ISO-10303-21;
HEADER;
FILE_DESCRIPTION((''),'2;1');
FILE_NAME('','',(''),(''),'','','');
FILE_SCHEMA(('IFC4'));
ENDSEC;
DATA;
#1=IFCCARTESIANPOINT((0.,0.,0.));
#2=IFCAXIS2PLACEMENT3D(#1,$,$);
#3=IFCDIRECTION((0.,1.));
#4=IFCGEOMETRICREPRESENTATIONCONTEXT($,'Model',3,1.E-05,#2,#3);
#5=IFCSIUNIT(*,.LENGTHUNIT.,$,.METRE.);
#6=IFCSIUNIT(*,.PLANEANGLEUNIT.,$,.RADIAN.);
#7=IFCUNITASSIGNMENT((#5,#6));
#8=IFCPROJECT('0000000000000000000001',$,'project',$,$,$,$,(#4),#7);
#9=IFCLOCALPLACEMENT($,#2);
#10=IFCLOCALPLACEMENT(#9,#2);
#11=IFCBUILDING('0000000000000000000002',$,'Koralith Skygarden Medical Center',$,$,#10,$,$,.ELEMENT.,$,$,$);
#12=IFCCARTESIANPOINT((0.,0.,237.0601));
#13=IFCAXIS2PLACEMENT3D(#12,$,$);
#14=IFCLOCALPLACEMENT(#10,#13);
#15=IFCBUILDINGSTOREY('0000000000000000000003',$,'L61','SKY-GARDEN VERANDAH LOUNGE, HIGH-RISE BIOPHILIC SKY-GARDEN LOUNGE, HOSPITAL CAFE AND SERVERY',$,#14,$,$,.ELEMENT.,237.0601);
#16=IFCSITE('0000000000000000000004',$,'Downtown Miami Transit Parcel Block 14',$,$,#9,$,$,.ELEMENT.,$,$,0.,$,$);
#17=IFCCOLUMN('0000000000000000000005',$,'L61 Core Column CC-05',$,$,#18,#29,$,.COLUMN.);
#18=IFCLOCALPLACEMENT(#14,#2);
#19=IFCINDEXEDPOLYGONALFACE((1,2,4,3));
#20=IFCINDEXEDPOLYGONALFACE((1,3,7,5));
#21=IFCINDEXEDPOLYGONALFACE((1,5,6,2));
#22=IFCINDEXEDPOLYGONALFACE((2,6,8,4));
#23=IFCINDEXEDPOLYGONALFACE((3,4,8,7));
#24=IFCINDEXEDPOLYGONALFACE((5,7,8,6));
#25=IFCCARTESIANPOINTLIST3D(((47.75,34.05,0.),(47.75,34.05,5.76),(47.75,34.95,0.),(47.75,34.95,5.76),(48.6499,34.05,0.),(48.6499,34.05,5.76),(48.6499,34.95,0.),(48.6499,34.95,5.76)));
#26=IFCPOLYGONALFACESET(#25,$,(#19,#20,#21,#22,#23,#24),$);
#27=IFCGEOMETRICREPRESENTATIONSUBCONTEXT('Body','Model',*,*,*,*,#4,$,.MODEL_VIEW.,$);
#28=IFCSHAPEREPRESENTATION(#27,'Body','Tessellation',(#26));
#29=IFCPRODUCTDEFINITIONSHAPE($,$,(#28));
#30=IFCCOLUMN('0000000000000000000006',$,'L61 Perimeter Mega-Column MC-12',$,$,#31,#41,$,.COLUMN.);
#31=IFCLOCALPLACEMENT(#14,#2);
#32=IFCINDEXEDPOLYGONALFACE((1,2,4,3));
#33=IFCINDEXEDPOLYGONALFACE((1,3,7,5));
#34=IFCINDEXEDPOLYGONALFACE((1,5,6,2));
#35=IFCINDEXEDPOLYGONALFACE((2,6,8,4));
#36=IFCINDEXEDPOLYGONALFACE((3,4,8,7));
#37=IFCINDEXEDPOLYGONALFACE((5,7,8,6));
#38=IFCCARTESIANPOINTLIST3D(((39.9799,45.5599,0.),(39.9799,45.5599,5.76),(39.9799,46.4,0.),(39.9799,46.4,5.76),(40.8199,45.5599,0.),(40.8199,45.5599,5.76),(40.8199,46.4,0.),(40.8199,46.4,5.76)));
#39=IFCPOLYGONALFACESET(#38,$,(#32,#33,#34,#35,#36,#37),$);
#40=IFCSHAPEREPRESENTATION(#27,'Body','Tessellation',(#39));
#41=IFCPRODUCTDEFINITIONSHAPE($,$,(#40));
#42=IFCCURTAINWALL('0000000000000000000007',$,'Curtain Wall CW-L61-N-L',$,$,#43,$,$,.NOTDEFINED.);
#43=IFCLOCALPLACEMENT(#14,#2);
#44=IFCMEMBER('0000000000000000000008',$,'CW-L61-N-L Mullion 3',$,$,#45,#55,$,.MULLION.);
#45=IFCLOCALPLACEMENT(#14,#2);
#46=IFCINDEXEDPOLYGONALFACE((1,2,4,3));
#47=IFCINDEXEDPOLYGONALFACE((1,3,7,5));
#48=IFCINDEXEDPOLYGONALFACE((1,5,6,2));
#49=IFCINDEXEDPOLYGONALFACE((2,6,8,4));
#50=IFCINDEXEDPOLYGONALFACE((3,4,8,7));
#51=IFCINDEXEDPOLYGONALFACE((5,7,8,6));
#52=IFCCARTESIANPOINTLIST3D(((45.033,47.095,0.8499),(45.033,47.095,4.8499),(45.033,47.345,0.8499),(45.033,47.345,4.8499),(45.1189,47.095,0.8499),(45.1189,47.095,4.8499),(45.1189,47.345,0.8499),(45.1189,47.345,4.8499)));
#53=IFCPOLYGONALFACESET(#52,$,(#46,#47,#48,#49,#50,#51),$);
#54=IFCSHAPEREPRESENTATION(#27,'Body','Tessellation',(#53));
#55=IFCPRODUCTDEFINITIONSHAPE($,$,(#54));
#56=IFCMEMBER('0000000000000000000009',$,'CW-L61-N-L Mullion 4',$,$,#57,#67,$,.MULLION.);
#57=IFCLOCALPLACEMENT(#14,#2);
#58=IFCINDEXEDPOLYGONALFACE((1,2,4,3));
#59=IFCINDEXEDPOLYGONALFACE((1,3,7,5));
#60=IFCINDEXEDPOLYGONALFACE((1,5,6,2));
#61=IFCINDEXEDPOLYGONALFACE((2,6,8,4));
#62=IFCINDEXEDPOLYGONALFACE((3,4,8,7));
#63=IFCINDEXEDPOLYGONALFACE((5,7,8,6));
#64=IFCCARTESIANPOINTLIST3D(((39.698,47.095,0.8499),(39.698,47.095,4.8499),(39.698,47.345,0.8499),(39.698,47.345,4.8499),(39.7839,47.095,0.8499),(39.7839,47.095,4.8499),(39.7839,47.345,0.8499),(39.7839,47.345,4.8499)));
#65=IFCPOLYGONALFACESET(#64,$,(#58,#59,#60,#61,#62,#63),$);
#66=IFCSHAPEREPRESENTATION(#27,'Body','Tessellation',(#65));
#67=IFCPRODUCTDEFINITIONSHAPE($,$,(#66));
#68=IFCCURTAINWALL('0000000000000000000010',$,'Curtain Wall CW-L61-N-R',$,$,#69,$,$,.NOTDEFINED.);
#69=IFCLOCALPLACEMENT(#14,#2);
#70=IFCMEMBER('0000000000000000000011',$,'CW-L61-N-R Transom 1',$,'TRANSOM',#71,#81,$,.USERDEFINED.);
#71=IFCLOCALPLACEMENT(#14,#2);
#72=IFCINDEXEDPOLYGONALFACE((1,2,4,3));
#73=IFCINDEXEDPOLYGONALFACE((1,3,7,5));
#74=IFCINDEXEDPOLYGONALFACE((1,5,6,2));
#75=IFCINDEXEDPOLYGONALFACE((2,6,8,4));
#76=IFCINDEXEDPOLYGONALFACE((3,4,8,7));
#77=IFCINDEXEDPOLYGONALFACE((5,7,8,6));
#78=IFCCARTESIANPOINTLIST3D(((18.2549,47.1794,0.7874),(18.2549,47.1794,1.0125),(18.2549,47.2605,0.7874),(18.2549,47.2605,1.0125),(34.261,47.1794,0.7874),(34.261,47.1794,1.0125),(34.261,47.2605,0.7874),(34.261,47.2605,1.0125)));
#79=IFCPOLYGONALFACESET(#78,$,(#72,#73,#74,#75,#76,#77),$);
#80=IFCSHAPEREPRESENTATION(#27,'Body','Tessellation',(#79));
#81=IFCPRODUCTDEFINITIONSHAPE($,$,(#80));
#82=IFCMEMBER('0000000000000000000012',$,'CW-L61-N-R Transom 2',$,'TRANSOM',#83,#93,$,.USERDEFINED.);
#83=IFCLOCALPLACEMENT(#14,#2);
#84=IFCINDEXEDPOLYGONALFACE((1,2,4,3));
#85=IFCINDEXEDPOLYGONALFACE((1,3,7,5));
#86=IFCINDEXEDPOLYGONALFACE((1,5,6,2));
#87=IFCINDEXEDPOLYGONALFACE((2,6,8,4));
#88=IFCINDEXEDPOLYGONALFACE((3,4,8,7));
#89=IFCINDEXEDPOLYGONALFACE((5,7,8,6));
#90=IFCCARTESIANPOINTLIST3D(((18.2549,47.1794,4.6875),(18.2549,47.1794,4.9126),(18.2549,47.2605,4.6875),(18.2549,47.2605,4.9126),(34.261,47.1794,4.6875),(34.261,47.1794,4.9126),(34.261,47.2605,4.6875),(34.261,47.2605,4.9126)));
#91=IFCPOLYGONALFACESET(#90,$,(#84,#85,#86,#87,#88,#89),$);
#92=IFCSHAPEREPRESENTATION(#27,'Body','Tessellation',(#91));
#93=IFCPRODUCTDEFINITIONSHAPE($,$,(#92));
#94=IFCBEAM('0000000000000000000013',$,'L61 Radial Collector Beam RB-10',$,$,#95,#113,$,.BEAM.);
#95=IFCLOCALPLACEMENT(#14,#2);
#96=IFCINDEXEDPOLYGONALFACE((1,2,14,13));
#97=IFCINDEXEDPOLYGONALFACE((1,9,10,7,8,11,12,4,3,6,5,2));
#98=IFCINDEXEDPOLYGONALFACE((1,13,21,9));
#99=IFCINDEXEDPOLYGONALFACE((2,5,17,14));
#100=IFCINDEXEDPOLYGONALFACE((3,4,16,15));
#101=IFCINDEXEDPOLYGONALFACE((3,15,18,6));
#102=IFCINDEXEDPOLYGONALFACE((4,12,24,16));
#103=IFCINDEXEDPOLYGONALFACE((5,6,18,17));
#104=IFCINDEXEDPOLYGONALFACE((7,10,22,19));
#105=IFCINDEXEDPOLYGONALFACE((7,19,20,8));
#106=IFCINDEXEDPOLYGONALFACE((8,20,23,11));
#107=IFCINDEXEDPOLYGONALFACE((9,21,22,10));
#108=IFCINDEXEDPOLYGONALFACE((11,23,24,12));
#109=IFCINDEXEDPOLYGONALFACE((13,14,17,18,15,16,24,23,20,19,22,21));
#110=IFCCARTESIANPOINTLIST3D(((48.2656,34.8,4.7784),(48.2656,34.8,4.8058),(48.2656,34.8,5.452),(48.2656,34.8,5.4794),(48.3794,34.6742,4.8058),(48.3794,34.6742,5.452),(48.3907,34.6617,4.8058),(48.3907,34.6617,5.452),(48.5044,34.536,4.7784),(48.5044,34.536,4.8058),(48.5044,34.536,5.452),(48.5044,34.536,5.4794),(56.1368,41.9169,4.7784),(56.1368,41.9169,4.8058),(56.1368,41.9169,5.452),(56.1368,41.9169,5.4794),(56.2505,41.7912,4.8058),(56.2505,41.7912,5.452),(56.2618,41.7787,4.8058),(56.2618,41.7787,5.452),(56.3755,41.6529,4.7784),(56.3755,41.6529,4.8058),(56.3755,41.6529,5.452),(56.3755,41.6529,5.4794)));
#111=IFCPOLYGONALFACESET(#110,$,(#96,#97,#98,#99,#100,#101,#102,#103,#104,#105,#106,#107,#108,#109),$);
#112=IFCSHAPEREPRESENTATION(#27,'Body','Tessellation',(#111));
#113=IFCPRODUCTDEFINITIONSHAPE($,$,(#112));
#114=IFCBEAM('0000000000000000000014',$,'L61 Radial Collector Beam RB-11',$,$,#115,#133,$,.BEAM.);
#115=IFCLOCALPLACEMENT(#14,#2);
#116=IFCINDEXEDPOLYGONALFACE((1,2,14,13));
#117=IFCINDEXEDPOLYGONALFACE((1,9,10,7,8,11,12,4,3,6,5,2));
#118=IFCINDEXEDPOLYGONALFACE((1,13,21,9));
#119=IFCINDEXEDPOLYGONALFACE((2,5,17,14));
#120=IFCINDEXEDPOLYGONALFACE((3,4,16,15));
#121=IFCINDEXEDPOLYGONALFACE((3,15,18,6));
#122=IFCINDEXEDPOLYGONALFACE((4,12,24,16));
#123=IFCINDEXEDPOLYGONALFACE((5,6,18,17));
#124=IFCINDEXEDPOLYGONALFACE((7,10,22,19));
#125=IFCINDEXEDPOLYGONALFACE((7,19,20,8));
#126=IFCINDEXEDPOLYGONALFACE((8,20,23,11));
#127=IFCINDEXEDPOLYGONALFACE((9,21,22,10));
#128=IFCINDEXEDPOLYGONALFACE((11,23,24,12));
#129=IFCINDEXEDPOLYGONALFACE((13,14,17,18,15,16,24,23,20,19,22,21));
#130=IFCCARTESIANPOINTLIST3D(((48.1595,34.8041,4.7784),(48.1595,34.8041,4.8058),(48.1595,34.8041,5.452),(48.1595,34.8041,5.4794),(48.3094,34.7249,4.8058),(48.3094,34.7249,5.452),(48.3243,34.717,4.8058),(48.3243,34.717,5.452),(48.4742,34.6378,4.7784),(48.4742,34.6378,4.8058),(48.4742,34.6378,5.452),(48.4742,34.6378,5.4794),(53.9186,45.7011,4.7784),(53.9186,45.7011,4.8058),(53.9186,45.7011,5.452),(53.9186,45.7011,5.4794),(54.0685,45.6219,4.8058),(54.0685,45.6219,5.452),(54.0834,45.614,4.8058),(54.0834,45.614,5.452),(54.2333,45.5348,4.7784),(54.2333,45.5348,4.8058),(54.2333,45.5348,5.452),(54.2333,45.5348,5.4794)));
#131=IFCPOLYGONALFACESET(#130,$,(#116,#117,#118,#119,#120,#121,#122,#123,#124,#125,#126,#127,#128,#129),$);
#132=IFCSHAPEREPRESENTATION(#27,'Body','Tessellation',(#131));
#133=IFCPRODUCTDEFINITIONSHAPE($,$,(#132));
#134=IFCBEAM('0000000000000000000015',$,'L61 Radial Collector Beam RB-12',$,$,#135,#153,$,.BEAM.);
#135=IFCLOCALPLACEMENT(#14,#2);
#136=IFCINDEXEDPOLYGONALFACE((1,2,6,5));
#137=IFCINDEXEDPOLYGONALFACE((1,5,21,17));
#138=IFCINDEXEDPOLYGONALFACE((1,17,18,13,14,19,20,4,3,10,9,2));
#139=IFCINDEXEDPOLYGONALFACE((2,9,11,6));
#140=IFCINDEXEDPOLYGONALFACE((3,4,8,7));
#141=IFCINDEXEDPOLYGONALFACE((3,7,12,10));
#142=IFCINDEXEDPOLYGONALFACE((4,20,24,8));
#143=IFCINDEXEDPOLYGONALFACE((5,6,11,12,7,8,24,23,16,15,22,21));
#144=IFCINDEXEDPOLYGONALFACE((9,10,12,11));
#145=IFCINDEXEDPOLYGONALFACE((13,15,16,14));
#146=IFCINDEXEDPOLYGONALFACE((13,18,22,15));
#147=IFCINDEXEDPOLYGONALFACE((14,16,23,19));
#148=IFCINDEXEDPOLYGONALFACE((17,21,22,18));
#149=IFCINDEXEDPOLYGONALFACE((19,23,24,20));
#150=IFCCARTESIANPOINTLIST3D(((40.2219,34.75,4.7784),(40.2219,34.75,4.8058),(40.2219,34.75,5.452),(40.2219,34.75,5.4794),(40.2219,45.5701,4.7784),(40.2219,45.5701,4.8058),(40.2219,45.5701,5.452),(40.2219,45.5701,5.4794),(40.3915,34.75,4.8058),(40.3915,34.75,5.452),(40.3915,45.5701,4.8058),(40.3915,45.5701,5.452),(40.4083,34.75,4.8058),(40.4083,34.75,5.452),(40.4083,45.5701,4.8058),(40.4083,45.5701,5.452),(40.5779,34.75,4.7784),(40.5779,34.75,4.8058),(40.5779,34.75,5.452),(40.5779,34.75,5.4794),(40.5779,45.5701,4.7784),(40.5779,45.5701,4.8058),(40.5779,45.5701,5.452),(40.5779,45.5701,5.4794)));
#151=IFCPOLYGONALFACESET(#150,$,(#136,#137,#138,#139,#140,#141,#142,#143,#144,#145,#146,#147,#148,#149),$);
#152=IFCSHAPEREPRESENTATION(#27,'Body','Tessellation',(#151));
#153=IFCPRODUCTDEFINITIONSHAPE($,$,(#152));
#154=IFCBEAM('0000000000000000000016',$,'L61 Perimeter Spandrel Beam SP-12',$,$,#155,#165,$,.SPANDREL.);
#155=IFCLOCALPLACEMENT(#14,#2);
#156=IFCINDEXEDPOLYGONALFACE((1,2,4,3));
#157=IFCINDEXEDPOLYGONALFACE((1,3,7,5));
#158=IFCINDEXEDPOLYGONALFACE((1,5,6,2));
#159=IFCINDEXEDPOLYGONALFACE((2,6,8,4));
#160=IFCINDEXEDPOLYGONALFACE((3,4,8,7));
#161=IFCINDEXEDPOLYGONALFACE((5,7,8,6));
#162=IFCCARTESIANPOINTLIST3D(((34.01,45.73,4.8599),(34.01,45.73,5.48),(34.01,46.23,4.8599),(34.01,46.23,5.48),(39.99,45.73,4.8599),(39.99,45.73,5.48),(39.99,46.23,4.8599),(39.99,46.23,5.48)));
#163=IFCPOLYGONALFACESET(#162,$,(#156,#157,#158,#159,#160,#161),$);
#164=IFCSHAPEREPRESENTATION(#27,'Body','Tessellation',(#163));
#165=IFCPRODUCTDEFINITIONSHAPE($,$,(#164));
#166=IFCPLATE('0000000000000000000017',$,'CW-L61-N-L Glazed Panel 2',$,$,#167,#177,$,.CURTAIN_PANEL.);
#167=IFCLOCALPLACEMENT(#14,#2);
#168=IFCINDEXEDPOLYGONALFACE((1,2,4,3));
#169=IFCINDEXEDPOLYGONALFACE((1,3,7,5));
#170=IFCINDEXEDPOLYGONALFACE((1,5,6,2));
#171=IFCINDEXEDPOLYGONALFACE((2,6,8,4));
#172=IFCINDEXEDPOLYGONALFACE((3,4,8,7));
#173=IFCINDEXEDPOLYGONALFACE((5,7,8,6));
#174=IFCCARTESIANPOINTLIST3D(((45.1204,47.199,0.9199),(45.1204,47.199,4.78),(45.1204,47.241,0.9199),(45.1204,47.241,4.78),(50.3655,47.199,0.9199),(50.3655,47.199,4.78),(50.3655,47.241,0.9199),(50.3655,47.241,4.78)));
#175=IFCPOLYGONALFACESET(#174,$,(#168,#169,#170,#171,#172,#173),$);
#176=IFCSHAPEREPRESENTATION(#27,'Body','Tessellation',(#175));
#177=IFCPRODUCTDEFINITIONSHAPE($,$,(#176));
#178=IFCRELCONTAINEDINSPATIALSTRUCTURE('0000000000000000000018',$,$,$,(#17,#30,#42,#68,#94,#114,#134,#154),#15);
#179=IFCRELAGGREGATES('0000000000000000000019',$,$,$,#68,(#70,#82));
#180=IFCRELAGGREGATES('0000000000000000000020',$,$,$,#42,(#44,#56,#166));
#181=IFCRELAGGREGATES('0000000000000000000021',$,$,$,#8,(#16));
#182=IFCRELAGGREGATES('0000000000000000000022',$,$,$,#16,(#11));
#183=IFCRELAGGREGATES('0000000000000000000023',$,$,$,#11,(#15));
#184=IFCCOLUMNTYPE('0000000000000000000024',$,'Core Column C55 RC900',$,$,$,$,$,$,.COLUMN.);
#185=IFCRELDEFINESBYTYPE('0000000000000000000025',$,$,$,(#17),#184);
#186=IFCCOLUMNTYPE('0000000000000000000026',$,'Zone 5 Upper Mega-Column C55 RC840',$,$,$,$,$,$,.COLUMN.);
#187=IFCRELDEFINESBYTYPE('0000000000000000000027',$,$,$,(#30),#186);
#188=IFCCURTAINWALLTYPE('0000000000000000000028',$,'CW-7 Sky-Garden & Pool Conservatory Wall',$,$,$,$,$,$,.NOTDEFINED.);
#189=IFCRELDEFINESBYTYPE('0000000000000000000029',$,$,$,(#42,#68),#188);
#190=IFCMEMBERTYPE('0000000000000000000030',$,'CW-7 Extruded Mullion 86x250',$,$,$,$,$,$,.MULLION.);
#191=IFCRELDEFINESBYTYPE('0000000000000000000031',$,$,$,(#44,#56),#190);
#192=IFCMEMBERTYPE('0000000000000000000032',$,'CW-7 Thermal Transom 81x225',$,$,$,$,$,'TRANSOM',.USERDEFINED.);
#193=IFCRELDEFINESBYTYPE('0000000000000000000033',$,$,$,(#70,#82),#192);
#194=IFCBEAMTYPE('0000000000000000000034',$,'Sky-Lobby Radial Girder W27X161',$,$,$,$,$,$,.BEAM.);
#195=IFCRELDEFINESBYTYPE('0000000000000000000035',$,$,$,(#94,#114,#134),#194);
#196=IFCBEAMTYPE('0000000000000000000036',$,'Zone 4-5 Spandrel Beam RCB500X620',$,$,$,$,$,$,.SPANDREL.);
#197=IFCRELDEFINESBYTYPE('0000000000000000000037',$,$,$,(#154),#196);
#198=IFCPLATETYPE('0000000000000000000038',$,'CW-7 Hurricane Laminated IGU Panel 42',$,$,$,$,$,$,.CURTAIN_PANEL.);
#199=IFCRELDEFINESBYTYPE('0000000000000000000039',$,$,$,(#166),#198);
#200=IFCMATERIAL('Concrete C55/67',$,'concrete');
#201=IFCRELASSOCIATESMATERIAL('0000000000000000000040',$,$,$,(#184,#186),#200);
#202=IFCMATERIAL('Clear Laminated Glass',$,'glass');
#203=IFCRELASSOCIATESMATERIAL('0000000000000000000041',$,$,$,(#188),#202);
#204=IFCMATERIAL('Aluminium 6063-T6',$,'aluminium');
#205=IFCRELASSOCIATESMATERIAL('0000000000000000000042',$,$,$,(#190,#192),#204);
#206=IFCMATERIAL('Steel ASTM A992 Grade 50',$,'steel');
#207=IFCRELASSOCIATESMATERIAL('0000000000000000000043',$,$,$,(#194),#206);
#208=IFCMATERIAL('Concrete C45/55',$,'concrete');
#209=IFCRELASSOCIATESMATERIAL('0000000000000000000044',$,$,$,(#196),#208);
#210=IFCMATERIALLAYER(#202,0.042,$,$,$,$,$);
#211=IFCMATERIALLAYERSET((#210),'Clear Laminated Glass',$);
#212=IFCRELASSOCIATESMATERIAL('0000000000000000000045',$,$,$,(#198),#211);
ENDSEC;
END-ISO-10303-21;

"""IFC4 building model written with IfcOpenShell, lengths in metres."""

from ifc_helpers import new_model, si_unit, direction, frame, origin, origin_2d, place, context, subcontext, project, spatial, rectangle, i_section, extrude, material, layer, layer_set, material_profile, profile_set, type_object, element, aggregate, save


model = new_model("IFC4")

# Units and contexts
model_context = context("Model", 3, precision=1e-05, world=origin(), true_north=direction((0.0, 1.0)))
body_context = subcontext(model_context, "Body", "Model", "MODEL_VIEW")
ifc_project = project(units=[si_unit("LENGTHUNIT", "METRE"), si_unit("PLANEANGLEUNIT", "RADIAN")], contexts=[model_context])

# Site, building, storey
site_placement = place(None, origin())
site = spatial("IfcSite", under=ifc_project, at=site_placement, Name="Downtown Miami Transit Parcel Block 14", CompositionType="ELEMENT", RefElevation=0.0)
building_placement = place(site_placement, origin())
building = spatial("IfcBuilding", under=site, at=building_placement, Name="Koralith Skygarden Medical Center", CompositionType="ELEMENT")
storey_placement = place(building_placement, frame((0.0, 0.0, 237.0601)))
storey = spatial("IfcBuildingStorey", under=building, at=storey_placement, Name="L61", Description="SKY-GARDEN VERANDAH LOUNGE, HIGH-RISE BIOPHILIC SKY-GARDEN LOUNGE, HOSPITAL CAFE AND SERVERY", CompositionType="ELEMENT", Elevation=237.0601)

# Columns
ifc_material_1 = material(Name="Concrete C55/67", Category="concrete")
ifc_material_profile_1 = material_profile(ifc_material_1, rectangle(XDim=0.8999, YDim=0.8999, at=origin_2d()), Name="RC900X900")
ifc_profile_set_1 = profile_set([ifc_material_profile_1], Name="Concrete C55/67")
column_type_1 = type_object("IfcColumnType", Name="Core Column C55 RC900", PredefinedType="COLUMN", material=ifc_profile_set_1)
column_1_placement = place(storey_placement, frame((48.2, 34.5, 0.0), z_axis=(0.0, 0.0, 1.0), x_axis=(1.0, 0.0, 0.0)))
element("IfcColumn", 1, at=column_1_placement, inside=storey, type_object=column_type_1, Name="L61 Core Column CC-05", PredefinedType="COLUMN", context=body_context, shape_type="SweptSolid", body=[
    extrude(rectangle(XDim=0.8999, YDim=0.8999, at=origin_2d()), origin(), (0.0, 0.0, 1.0), 5.76),
])
ifc_material_profile_2 = material_profile(ifc_material_1, rectangle(XDim=0.8401, YDim=0.8401, at=origin_2d()), Name="RC840X840")
ifc_profile_set_2 = profile_set([ifc_material_profile_2], Name="Concrete C55/67")
column_type_2 = type_object("IfcColumnType", Name="Zone 5 Upper Mega-Column C55 RC840", PredefinedType="COLUMN", material=ifc_profile_set_2)
column_2_placement = place(storey_placement, frame((40.3999, 45.98, 0.0), z_axis=(0.0, 0.0, 1.0), x_axis=(1.0, 0.0, 0.0)))
element("IfcColumn", 2, at=column_2_placement, inside=storey, type_object=column_type_2, Name="L61 Perimeter Mega-Column MC-12", PredefinedType="COLUMN", context=body_context, shape_type="SweptSolid", body=[
    extrude(rectangle(XDim=0.8401, YDim=0.8401, at=origin_2d()), origin(), (0.0, 0.0, 1.0), 5.76),
])

# Curtain walls, members
ifc_material_2 = material(Name="Clear Laminated Glass", Category="glass")
curtain_wall_type = type_object("IfcCurtainWallType", Name="CW-7 Sky-Garden & Pool Conservatory Wall", PredefinedType="NOTDEFINED", material=ifc_material_2)
curtain_wall_1_placement = place(storey_placement, origin())
curtain_wall_1 = element("IfcCurtainWall", 3, at=curtain_wall_1_placement, inside=storey, type_object=curtain_wall_type, Name="Curtain Wall CW-L61-N-L", PredefinedType="NOTDEFINED")
ifc_material_3 = material(Name="Aluminium 6063-T6", Category="aluminium")
ifc_material_profile_3 = material_profile(ifc_material_3, rectangle(XDim=0.0859, YDim=0.25, at=origin_2d()), Name="MUL86X250")
ifc_profile_set_3 = profile_set([ifc_material_profile_3], Name="Aluminium 6063-T6")
member_type_1 = type_object("IfcMemberType", Name="CW-7 Extruded Mullion 86x250", PredefinedType="MULLION", material=ifc_profile_set_3)
member_1_placement = place(storey_placement, frame((45.0759, 47.22, 0.8499), z_axis=(0.0, 0.0, 1.0), x_axis=(1.0, 0.0, 0.0)))
member_1 = element("IfcMember", 4, at=member_1_placement, type_object=member_type_1, Name="CW-L61-N-L Mullion 3", PredefinedType="MULLION", context=body_context, shape_type="SweptSolid", body=[
    extrude(rectangle(XDim=0.0859, YDim=0.25, at=origin_2d()), origin(), (0.0, 0.0, 1.0), 4.0),
])
member_2_placement = place(storey_placement, frame((39.741, 47.22, 0.8499), z_axis=(0.0, 0.0, 1.0), x_axis=(1.0, 0.0, 0.0)))
member_2 = element("IfcMember", 5, at=member_2_placement, type_object=member_type_1, Name="CW-L61-N-L Mullion 4", PredefinedType="MULLION", context=body_context, shape_type="SweptSolid", body=[
    extrude(rectangle(XDim=0.0859, YDim=0.25, at=origin_2d()), origin(), (0.0, 0.0, 1.0), 4.0),
])
curtain_wall_2_placement = place(storey_placement, origin())
curtain_wall_2 = element("IfcCurtainWall", 6, at=curtain_wall_2_placement, inside=storey, type_object=curtain_wall_type, Name="Curtain Wall CW-L61-N-R", PredefinedType="NOTDEFINED")
ifc_material_profile_4 = material_profile(ifc_material_3, rectangle(XDim=0.0811, YDim=0.2251, at=origin_2d()), Name="TRN81X225")
ifc_profile_set_4 = profile_set([ifc_material_profile_4], Name="Aluminium 6063-T6")
member_type_2 = type_object("IfcMemberType", Name="CW-7 Thermal Transom 81x225", ElementType="TRANSOM", PredefinedType="USERDEFINED", material=ifc_profile_set_4)
member_3_placement = place(storey_placement, frame((34.261, 47.22, 0.8999), z_axis=(-1.0, 0.0, 0.0), x_axis=(0.0, -1.0, 0.0)))
member_3 = element("IfcMember", 7, at=member_3_placement, type_object=member_type_2, Name="CW-L61-N-R Transom 1", ObjectType="TRANSOM", PredefinedType="USERDEFINED", context=body_context, shape_type="SweptSolid", body=[
    extrude(rectangle(XDim=0.0811, YDim=0.2251, at=origin_2d()), origin(), (0.0, 0.0, 1.0), 16.0061),
])
member_4_placement = place(storey_placement, frame((34.261, 47.22, 4.8), z_axis=(-1.0, 0.0, 0.0), x_axis=(0.0, -1.0, 0.0)))
member_4 = element("IfcMember", 8, at=member_4_placement, type_object=member_type_2, Name="CW-L61-N-R Transom 2", ObjectType="TRANSOM", PredefinedType="USERDEFINED", context=body_context, shape_type="SweptSolid", body=[
    extrude(rectangle(XDim=0.0811, YDim=0.2251, at=origin_2d()), origin(), (0.0, 0.0, 1.0), 16.0061),
])
aggregate(curtain_wall_2, [member_3, member_4])

# Beams
ifc_material_4 = material(Name="Steel ASTM A992 Grade 50", Category="steel")
ifc_material_profile_5 = material_profile(ifc_material_4, i_section(OverallWidth=0.356, OverallDepth=0.7009, WebThickness=0.0168, FlangeThickness=0.0273, at=origin_2d()), Name="W27X161")
ifc_profile_set_5 = profile_set([ifc_material_profile_5], Name="Steel ASTM A992 Grade 50")
beam_type_1 = type_object("IfcBeamType", Name="Sky-Lobby Radial Girder W27X161", PredefinedType="BEAM", material=ifc_profile_set_5)
beam_1_placement = place(storey_placement, frame((48.385, 34.668, 5.1289), z_axis=(0.741748, 0.670679, 0.0), x_axis=(-0.670679, 0.741748, 0.0)))
element("IfcBeam", 9, at=beam_1_placement, inside=storey, type_object=beam_type_1, Name="L61 Radial Collector Beam RB-10", PredefinedType="BEAM", context=body_context, shape_type="SweptSolid", body=[
    extrude(i_section(OverallWidth=0.356, OverallDepth=0.7009, WebThickness=0.0168, FlangeThickness=0.0273, at=origin_2d()), origin(), (0.0, 0.0, 1.0), 10.6116),
])
beam_2_placement = place(storey_placement, frame((48.3169, 34.7209, 5.1289), z_axis=(0.467257, 0.884122, 0.0), x_axis=(-0.884122, 0.467257, 0.0)))
element("IfcBeam", 10, at=beam_2_placement, inside=storey, type_object=beam_type_1, Name="L61 Radial Collector Beam RB-11", PredefinedType="BEAM", context=body_context, shape_type="SweptSolid", body=[
    extrude(i_section(OverallWidth=0.356, OverallDepth=0.7009, WebThickness=0.0168, FlangeThickness=0.0273, at=origin_2d()), origin(), (0.0, 0.0, 1.0), 12.3252),
])
beam_3_placement = place(storey_placement, frame((40.3999, 34.75, 5.1289), z_axis=(0.0, 1.0, 0.0), x_axis=(-1.0, 0.0, 0.0)))
element("IfcBeam", 11, at=beam_3_placement, inside=storey, type_object=beam_type_1, Name="L61 Radial Collector Beam RB-12", PredefinedType="BEAM", context=body_context, shape_type="SweptSolid", body=[
    extrude(i_section(OverallWidth=0.356, OverallDepth=0.7009, WebThickness=0.0168, FlangeThickness=0.0273, at=origin_2d()), origin(), (0.0, 0.0, 1.0), 10.8201),
])
ifc_material_5 = material(Name="Concrete C45/55", Category="concrete")
ifc_material_profile_6 = material_profile(ifc_material_5, rectangle(XDim=0.5, YDim=0.6201, at=origin_2d()), Name="RCB500X620")
ifc_profile_set_6 = profile_set([ifc_material_profile_6], Name="Concrete C45/55")
beam_type_2 = type_object("IfcBeamType", Name="Zone 4-5 Spandrel Beam RCB500X620", PredefinedType="SPANDREL", material=ifc_profile_set_6)
beam_4_placement = place(storey_placement, frame((39.99, 45.98, 5.1699), z_axis=(-1.0, 0.0, 0.0), x_axis=(0.0, -1.0, 0.0)))
element("IfcBeam", 12, at=beam_4_placement, inside=storey, type_object=beam_type_2, Name="L61 Perimeter Spandrel Beam SP-12", PredefinedType="SPANDREL", context=body_context, shape_type="SweptSolid", body=[
    extrude(rectangle(XDim=0.5, YDim=0.6201, at=origin_2d()), origin(), (0.0, 0.0, 1.0), 5.98),
])

# Plate
ifc_layer_1 = layer(ifc_material_2, 0.042)
ifc_layer_set_1 = layer_set([ifc_layer_1], Name="Clear Laminated Glass")
plate_type = type_object("IfcPlateType", Name="CW-7 Hurricane Laminated IGU Panel 42", PredefinedType="CURTAIN_PANEL", material=ifc_layer_set_1)
plate_1_placement = place(storey_placement, frame((47.7429, 47.22, 0.9199), z_axis=(0.0, 0.0, 1.0), x_axis=(-1.0, 0.0, 0.0)))
plate_1 = element("IfcPlate", 13, at=plate_1_placement, type_object=plate_type, Name="CW-L61-N-L Glazed Panel 2", PredefinedType="CURTAIN_PANEL", context=body_context, shape_type="SweptSolid", body=[
    extrude(rectangle(XDim=5.2451, YDim=0.042, at=origin_2d()), origin(), (0.0, 0.0, 1.0), 3.8601),
])
aggregate(curtain_wall_1, [member_1, member_2, plate_1])

save(model, "model.ifc")
